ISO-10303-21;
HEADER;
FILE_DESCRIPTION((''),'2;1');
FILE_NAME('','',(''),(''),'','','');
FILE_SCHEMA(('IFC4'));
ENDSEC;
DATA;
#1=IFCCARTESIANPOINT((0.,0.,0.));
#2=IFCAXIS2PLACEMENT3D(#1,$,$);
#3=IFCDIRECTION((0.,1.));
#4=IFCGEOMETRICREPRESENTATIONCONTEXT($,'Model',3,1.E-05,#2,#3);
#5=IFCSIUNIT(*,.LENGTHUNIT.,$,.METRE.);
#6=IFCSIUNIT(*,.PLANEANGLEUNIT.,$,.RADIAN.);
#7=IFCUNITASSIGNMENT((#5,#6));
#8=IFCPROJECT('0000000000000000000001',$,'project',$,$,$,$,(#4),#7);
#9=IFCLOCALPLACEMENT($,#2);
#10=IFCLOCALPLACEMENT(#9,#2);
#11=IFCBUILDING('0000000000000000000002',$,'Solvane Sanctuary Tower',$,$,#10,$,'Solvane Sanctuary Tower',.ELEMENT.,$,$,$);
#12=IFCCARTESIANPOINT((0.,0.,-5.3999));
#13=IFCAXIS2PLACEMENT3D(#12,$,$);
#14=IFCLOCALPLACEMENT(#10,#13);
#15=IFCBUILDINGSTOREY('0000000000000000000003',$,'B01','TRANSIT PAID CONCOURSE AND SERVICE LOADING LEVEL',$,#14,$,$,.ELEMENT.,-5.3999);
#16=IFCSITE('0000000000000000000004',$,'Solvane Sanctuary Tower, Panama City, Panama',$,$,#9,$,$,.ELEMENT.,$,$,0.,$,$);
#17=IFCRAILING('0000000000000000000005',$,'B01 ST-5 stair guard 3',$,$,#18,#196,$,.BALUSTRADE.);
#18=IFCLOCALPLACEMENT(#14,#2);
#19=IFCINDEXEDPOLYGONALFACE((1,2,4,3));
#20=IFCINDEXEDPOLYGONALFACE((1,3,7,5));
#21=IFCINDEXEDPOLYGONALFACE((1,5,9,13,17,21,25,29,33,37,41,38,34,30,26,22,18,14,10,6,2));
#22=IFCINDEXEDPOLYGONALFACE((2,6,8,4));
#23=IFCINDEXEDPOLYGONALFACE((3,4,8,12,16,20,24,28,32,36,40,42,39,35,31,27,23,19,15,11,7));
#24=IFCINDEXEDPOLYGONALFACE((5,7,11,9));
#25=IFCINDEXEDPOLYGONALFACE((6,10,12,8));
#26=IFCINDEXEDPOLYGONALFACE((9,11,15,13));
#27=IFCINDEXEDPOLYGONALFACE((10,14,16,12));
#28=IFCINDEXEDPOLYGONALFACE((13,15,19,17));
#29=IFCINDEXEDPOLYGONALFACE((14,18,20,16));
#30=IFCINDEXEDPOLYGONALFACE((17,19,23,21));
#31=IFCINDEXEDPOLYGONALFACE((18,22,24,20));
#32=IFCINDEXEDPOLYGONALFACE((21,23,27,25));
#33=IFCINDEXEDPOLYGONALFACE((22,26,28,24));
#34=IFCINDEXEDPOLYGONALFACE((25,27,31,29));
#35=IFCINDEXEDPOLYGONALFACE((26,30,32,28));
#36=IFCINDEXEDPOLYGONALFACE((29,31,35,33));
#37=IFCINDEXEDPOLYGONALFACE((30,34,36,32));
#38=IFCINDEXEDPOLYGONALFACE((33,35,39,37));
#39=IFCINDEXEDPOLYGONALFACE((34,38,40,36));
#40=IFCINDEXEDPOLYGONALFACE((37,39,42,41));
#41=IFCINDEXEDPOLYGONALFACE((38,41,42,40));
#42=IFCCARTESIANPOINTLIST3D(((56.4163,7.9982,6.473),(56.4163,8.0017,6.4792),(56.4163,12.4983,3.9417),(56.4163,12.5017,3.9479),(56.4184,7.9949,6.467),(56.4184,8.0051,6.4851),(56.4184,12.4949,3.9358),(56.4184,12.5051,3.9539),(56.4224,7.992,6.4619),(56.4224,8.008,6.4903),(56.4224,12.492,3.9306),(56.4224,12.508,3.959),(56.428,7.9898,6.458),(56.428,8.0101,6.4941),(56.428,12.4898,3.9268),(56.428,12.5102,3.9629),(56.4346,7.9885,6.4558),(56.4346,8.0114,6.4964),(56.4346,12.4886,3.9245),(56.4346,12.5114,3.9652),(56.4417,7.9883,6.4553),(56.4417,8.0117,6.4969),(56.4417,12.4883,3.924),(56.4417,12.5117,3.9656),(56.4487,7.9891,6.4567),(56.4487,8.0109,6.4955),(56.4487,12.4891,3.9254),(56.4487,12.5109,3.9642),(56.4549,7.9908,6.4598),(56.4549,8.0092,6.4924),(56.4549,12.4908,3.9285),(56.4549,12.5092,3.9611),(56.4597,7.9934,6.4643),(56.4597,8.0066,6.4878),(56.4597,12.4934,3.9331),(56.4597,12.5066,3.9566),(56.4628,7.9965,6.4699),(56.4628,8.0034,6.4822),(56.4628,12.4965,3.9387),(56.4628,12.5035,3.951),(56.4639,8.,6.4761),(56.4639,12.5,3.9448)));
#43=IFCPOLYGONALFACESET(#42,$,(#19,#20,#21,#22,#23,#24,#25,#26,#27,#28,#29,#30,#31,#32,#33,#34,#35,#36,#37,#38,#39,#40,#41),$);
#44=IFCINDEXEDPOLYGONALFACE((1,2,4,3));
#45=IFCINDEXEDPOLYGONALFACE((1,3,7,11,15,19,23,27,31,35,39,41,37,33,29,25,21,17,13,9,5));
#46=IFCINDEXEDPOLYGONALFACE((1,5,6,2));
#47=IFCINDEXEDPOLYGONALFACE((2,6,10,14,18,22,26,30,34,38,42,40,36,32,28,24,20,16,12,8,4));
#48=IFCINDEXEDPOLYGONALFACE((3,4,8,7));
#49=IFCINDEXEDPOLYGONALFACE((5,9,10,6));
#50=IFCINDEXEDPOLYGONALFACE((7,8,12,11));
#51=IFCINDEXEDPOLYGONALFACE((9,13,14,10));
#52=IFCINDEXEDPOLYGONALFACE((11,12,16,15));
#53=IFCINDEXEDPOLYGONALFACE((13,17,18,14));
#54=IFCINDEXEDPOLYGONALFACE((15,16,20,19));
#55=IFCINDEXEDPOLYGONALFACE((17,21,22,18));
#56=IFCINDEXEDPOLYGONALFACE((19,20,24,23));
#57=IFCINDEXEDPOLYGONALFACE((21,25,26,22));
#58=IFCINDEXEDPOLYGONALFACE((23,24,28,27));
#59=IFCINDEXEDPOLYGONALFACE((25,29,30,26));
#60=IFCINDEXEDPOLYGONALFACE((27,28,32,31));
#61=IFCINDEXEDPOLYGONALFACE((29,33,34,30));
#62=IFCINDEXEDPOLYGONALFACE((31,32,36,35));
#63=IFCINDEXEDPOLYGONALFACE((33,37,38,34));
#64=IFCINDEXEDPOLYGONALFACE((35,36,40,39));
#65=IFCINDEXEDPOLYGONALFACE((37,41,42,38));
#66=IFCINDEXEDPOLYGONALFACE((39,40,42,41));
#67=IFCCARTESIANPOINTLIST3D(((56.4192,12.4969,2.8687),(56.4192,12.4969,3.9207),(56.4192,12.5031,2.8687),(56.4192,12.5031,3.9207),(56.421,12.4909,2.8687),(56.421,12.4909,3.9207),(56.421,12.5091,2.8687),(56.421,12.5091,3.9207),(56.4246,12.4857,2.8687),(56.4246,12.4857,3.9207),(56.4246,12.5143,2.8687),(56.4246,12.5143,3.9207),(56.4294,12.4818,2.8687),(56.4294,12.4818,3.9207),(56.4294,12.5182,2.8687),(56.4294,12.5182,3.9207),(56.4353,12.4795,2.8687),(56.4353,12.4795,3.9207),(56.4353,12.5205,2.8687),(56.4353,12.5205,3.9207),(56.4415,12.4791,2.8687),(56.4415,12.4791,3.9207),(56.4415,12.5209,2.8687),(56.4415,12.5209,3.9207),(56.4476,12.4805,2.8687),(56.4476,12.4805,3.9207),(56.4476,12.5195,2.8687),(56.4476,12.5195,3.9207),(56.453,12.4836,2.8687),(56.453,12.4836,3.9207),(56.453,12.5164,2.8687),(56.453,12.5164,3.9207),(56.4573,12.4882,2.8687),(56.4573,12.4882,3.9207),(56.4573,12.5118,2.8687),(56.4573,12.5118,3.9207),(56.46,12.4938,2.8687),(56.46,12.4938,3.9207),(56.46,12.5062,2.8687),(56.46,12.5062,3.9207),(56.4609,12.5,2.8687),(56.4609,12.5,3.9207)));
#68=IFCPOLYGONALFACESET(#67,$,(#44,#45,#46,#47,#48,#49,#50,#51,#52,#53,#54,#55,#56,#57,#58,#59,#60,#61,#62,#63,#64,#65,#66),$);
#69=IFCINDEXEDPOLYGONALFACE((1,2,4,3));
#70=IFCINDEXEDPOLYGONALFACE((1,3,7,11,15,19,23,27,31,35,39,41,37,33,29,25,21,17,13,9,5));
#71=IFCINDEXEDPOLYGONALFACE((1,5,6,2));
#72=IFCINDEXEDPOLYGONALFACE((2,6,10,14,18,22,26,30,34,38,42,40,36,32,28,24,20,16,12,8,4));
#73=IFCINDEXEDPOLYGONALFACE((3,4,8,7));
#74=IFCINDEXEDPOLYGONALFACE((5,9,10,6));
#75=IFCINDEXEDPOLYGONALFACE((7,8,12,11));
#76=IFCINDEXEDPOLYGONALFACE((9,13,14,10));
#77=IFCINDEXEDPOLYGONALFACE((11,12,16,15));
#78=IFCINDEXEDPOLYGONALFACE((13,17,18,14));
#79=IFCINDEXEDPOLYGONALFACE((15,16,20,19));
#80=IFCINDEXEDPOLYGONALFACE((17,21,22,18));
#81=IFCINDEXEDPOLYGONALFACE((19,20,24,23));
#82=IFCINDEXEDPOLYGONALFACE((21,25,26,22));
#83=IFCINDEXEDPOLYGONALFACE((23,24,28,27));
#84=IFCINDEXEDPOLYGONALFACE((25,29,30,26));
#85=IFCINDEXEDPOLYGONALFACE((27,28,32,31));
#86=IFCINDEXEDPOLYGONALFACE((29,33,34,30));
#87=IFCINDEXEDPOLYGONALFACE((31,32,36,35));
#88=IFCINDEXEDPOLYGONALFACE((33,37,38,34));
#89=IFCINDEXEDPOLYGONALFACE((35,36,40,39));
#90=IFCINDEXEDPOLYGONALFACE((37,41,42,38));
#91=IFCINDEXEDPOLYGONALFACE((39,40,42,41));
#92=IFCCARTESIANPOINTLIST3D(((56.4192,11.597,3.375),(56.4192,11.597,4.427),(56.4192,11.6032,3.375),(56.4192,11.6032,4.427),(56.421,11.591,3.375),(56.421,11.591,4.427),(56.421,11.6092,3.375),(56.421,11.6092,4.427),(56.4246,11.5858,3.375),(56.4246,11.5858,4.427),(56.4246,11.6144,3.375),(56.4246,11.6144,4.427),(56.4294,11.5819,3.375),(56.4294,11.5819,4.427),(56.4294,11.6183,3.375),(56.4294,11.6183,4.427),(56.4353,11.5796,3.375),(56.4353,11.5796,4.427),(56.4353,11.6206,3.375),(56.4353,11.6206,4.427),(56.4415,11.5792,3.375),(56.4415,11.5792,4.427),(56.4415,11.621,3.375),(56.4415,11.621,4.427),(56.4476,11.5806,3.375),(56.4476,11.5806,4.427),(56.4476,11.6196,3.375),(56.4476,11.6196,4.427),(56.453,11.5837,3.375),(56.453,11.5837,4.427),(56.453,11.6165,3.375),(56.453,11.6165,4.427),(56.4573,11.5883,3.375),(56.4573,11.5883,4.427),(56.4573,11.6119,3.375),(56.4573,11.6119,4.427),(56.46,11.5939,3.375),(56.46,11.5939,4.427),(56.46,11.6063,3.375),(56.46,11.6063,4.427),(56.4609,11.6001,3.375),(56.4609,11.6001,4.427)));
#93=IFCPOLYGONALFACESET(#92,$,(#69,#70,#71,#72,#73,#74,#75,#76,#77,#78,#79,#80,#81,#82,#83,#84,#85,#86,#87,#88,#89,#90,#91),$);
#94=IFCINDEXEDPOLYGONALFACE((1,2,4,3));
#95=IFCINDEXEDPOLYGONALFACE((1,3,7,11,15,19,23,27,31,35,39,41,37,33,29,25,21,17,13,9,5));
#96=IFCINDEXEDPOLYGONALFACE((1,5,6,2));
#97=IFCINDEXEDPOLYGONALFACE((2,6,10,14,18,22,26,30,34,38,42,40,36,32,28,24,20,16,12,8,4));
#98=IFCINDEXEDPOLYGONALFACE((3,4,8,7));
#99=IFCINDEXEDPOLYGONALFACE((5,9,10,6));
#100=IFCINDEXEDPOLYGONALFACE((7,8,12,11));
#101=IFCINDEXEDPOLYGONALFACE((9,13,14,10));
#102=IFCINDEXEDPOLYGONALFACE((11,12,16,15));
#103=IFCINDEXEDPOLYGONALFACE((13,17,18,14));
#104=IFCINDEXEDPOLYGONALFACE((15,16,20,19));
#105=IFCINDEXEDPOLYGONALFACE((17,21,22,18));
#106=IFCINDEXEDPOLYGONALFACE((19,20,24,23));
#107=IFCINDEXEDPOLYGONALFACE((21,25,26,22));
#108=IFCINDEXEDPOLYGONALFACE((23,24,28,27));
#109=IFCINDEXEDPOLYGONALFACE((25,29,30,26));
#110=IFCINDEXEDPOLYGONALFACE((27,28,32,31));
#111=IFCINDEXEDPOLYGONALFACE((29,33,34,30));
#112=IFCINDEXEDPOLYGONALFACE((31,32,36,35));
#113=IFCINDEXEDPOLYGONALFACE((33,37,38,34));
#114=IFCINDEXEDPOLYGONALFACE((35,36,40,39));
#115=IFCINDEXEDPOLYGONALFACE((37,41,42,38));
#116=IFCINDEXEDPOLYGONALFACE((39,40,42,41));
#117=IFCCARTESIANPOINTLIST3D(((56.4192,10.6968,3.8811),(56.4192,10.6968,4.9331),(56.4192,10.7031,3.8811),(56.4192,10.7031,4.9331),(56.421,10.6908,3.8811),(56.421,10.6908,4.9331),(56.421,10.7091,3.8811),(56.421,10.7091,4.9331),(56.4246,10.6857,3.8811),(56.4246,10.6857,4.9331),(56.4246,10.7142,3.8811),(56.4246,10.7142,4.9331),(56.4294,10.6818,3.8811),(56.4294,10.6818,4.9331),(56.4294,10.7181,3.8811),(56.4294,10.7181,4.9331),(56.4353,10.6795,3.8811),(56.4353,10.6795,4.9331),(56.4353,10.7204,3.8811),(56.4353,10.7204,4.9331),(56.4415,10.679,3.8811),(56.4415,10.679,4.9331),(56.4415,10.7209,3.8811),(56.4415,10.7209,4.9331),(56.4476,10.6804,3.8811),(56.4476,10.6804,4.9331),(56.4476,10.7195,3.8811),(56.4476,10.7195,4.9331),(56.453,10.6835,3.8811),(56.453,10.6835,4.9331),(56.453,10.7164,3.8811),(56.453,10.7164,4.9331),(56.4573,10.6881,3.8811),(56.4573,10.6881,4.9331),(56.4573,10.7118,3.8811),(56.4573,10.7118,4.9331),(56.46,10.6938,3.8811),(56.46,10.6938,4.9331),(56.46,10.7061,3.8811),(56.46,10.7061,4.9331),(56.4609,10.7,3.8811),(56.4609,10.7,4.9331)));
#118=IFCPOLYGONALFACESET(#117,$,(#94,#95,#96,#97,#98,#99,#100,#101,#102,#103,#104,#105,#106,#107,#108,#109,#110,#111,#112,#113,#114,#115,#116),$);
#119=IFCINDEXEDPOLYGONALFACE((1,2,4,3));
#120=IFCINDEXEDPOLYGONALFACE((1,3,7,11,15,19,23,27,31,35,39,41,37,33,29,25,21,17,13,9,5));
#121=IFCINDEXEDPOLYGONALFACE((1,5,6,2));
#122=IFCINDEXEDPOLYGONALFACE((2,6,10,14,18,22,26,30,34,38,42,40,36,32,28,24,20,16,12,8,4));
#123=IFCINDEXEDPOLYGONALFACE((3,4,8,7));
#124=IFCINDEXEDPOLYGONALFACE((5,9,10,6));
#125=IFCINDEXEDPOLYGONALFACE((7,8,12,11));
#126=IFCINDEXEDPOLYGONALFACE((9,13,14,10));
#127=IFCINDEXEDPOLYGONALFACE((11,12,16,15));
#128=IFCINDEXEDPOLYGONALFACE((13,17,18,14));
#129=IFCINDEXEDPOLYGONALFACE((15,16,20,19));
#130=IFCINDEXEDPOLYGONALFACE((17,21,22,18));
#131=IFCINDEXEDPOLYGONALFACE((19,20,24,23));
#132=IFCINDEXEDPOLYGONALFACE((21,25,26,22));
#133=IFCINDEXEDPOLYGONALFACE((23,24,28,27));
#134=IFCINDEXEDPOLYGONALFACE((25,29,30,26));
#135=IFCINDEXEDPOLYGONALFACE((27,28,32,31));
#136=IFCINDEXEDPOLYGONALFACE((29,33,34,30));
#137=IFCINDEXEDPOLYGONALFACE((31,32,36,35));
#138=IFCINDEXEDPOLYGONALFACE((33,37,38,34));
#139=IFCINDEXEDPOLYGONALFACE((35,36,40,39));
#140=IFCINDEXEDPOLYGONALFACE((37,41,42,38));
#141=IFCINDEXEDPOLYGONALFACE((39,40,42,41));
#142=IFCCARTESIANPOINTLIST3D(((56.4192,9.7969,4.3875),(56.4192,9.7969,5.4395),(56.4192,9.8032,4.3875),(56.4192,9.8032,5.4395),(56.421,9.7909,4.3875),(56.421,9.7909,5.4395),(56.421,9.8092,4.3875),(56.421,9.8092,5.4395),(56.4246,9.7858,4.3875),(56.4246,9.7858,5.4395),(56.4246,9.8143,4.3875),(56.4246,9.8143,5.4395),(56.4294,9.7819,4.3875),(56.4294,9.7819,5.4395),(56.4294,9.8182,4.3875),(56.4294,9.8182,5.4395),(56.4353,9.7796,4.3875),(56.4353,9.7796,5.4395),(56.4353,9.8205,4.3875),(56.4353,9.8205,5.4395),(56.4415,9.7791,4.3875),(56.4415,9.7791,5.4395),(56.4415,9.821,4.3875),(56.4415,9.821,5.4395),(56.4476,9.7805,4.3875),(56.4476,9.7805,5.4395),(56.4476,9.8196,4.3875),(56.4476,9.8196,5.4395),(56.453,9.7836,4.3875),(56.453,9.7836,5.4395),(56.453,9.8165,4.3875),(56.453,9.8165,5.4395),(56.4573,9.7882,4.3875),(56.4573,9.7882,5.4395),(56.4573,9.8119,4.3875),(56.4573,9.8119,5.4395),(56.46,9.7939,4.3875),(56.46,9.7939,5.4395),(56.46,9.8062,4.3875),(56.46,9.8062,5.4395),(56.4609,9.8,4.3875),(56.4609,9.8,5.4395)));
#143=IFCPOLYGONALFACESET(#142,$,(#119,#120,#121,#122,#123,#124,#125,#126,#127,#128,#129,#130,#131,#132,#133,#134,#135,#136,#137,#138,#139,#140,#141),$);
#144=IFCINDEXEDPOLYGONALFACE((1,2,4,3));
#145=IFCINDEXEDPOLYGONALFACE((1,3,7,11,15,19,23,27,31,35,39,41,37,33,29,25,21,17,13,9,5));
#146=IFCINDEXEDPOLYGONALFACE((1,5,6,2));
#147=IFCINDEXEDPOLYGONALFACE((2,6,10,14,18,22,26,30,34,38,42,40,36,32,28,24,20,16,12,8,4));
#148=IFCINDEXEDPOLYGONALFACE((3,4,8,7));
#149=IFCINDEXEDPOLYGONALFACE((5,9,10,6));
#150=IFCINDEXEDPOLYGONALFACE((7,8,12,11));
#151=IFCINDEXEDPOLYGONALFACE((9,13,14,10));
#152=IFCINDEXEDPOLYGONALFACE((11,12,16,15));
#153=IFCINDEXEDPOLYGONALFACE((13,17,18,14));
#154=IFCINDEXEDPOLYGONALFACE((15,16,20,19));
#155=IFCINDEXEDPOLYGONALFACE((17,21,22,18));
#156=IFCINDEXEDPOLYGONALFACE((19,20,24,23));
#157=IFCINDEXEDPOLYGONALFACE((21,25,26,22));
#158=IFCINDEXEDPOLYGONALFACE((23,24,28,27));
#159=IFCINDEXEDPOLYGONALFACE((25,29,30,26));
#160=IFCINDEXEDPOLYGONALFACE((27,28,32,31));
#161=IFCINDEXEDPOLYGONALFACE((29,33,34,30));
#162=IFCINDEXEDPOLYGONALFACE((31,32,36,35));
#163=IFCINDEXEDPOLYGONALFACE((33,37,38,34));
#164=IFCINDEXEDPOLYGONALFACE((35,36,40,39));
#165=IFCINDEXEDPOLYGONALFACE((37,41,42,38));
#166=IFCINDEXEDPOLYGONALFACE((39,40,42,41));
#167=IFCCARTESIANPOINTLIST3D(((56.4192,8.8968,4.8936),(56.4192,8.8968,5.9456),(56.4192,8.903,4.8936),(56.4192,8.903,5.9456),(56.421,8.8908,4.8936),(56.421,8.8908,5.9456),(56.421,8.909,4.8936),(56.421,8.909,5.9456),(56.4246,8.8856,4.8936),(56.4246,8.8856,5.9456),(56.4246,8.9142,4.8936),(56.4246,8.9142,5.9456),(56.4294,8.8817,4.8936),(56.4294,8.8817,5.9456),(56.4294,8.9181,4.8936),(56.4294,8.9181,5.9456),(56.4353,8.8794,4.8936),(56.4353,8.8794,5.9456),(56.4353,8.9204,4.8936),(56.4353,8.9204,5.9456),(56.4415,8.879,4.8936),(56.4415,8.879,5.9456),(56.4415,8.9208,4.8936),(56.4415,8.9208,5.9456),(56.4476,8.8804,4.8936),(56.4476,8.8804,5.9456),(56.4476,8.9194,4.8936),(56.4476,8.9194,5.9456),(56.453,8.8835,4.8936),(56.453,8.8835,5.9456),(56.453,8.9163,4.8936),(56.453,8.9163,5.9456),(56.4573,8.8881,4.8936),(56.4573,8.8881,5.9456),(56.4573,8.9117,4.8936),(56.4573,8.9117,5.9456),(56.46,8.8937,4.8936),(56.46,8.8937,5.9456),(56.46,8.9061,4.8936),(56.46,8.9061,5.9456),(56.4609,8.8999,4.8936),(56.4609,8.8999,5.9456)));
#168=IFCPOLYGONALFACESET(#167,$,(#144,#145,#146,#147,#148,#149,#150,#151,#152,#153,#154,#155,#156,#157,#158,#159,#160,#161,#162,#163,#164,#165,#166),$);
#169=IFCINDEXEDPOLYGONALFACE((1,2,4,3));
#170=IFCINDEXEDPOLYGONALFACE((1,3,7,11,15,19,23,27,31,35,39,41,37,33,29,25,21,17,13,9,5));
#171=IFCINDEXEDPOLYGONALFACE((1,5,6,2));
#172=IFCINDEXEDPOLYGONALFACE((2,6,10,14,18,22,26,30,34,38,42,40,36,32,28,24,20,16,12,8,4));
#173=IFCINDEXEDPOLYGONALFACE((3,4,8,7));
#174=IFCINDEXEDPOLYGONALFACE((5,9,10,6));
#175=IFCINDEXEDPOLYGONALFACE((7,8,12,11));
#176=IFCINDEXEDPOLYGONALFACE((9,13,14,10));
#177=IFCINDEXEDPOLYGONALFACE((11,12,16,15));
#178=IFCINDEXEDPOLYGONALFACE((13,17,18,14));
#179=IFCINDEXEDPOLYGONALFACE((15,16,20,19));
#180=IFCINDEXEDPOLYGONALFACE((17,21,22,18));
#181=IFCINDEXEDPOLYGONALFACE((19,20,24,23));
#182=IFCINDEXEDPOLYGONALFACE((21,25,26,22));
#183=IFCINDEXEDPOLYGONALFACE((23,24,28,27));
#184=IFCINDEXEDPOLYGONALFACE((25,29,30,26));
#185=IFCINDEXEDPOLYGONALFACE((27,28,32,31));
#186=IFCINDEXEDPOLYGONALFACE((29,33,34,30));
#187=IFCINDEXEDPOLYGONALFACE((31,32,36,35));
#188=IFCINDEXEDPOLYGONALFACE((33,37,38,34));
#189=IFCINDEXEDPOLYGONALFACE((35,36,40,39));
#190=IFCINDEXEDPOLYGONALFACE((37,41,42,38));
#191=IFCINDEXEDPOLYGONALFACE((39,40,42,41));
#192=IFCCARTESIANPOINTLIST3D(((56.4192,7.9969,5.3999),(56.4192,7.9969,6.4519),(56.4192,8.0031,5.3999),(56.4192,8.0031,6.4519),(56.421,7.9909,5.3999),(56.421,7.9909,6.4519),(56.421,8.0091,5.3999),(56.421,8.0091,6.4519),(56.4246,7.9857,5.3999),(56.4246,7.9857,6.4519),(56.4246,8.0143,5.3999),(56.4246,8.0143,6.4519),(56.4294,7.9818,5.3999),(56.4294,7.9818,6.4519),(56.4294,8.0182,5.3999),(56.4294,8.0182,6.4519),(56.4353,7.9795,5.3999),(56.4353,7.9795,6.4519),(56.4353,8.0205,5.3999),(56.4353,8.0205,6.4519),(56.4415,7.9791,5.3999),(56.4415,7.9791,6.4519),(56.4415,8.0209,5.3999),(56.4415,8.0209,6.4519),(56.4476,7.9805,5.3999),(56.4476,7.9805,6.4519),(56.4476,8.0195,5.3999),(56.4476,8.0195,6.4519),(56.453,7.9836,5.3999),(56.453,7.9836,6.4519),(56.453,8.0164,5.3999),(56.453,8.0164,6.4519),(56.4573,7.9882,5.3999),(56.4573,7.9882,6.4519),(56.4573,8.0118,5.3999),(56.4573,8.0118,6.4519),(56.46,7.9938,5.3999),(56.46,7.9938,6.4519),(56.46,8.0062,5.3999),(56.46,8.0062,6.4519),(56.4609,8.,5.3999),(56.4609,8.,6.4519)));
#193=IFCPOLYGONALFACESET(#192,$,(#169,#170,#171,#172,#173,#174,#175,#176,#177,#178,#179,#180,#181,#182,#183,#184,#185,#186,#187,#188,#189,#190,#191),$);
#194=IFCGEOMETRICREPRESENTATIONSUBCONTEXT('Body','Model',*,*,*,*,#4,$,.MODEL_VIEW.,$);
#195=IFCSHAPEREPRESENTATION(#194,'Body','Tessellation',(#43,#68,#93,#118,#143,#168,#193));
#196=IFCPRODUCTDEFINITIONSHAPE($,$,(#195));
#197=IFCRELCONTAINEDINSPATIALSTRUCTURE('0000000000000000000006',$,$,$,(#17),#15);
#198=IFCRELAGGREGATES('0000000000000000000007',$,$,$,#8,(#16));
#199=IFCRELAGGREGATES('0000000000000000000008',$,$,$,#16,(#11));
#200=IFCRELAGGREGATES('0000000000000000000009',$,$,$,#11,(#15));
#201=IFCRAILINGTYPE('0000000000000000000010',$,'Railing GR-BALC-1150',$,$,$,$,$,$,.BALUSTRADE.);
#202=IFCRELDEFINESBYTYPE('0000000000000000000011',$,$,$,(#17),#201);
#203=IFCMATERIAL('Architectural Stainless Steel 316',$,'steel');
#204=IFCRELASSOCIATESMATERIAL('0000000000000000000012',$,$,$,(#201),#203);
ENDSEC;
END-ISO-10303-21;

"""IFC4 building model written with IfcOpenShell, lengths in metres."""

from ifc_helpers import new_model, si_unit, direction, frame, origin, origin_2d, place, context, subcontext, project, spatial, circle, extrude, material, type_object, element, save


model = new_model("IFC4")

# Units and contexts
model_context = context("Model", 3, precision=1e-05, world=origin(), true_north=direction((0.0, 1.0)))
body_context = subcontext(model_context, "Body", "Model", "MODEL_VIEW")
ifc_project = project(units=[si_unit("LENGTHUNIT", "METRE"), si_unit("PLANEANGLEUNIT", "RADIAN")], contexts=[model_context])

# Site, building, storey
site_placement = place(None, origin())
site = spatial("IfcSite", under=ifc_project, at=site_placement, Name="Solvane Sanctuary Tower, Panama City, Panama", CompositionType="ELEMENT", RefElevation=0.0)
building_placement = place(site_placement, origin())
building = spatial("IfcBuilding", under=site, at=building_placement, Name="Solvane Sanctuary Tower", LongName="Solvane Sanctuary Tower", CompositionType="ELEMENT")
storey_placement = place(building_placement, frame((0.0, 0.0, -5.3999)))
storey = spatial("IfcBuildingStorey", under=building, at=storey_placement, Name="B01", Description="TRANSIT PAID CONCOURSE AND SERVICE LOADING LEVEL", CompositionType="ELEMENT", Elevation=-5.3999)

# Shared definitions
ifc_material_1 = material(Name="Architectural Stainless Steel 316", Category="steel")

# Railing
railing_type_1 = type_object("IfcRailingType", Name="Railing GR-BALC-1150", PredefinedType="BALUSTRADE", material=ifc_material_1)
railing_1_placement = place(storey_placement, frame((56.4399, 12.5, 2.8687)))
element("IfcRailing", 1, at=railing_1_placement, inside=storey, type_object=railing_type_1, Name="B01 ST-5 stair guard 3", PredefinedType="BALUSTRADE", context=body_context, shape_type="SweptSolid", body=[
    extrude(circle(Radius=0.0239, at=origin_2d()), frame((0.0, 0.0, 1.0762), z_axis=(0.0, -0.871576, 0.490261), x_axis=(1.0, 0.0, 0.0)), (0.0, 0.0, 1.0), 5.1631),
    extrude(circle(Radius=0.021, at=origin_2d()), origin(), (0.0, 0.0, 1.0), 1.052),
    extrude(circle(Radius=0.021, at=origin_2d()), frame((0.0, -0.8999, 0.5063)), (0.0, 0.0, 1.0), 1.052),
    extrude(circle(Radius=0.021, at=origin_2d()), frame((0.0, -1.8, 1.0125)), (0.0, 0.0, 1.0), 1.052),
    extrude(circle(Radius=0.021, at=origin_2d()), frame((0.0, -2.7, 1.5188)), (0.0, 0.0, 1.0), 1.052),
    extrude(circle(Radius=0.021, at=origin_2d()), frame((0.0, -3.6001, 2.0249)), (0.0, 0.0, 1.0), 1.052),
    extrude(circle(Radius=0.021, at=origin_2d()), frame((0.0, -4.5, 2.5312)), (0.0, 0.0, 1.0), 1.052),
])

save(model, "model.ifc")
